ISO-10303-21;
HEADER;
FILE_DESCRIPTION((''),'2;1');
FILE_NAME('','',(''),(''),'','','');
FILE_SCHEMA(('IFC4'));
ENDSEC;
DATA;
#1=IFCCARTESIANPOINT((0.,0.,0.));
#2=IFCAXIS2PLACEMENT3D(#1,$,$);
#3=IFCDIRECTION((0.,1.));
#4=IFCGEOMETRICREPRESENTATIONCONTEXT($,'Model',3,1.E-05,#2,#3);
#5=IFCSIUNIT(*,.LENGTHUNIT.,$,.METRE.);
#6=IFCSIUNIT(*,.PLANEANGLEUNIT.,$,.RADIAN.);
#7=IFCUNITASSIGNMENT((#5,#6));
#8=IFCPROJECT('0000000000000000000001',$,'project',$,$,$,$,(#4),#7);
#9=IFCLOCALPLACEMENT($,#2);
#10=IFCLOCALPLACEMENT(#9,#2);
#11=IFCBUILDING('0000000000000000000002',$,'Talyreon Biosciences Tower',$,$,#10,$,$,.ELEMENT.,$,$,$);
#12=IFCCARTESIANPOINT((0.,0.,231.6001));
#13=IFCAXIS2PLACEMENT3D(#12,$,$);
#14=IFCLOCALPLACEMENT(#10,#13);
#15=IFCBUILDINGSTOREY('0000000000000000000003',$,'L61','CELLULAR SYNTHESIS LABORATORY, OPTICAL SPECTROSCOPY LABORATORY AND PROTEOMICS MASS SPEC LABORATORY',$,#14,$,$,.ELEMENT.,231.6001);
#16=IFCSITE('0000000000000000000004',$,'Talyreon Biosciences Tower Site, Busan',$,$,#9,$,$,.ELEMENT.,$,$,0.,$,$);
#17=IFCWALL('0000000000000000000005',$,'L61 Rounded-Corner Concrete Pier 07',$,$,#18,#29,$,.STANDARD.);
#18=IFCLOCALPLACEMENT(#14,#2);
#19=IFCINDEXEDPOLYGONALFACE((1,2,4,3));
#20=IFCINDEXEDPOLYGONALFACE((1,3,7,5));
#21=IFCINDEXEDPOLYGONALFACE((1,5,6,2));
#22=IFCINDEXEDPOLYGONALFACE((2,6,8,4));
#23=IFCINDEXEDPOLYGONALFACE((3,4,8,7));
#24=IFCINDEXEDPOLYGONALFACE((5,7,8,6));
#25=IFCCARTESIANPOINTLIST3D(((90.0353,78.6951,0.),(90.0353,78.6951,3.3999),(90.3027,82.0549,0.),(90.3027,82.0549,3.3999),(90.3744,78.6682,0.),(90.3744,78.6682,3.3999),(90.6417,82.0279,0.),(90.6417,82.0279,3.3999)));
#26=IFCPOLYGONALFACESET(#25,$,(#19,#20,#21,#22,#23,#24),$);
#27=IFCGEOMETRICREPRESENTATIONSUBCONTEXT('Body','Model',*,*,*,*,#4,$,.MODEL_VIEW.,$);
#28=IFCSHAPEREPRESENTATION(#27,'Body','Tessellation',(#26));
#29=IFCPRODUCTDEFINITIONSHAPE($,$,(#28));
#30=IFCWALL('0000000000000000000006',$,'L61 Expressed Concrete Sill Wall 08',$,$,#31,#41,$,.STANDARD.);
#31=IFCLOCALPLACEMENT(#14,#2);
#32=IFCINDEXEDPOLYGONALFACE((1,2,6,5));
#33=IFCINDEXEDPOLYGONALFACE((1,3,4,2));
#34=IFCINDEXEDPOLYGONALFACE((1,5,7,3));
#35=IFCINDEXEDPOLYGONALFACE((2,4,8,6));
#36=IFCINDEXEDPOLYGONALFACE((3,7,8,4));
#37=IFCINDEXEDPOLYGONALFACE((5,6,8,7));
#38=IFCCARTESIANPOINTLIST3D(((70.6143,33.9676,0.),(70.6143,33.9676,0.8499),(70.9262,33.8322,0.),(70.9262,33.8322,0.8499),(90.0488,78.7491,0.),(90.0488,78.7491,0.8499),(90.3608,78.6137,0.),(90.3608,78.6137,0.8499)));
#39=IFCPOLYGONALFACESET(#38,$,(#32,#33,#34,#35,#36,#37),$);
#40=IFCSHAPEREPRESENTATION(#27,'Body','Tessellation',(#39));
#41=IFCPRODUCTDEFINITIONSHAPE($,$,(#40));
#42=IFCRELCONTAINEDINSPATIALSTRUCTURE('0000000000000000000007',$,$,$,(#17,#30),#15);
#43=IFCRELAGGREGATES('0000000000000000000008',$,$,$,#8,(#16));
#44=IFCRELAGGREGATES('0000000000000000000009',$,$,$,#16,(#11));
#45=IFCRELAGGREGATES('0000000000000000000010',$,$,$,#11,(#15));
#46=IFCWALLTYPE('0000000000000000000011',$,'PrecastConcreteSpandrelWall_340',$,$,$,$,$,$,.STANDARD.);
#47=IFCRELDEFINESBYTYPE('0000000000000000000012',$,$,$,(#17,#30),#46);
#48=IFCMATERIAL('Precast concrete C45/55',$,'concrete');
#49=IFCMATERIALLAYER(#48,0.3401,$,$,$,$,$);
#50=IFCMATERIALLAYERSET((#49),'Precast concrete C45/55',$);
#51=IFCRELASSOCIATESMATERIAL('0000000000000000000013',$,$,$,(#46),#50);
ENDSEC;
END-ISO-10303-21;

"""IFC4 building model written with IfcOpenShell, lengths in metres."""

from ifc_helpers import new_model, si_unit, direction, frame, frame_2d, origin, place, context, subcontext, project, spatial, rectangle, extrude, material, layer, layer_set, type_object, element, save


model = new_model("IFC4")

# Units and contexts
model_context = context("Model", 3, precision=1e-05, world=origin(), true_north=direction((0.0, 1.0)))
body_context = subcontext(model_context, "Body", "Model", "MODEL_VIEW")
ifc_project = project(units=[si_unit("LENGTHUNIT", "METRE"), si_unit("PLANEANGLEUNIT", "RADIAN")], contexts=[model_context])

# Site, building, storey
site_placement = place(None, origin())
site = spatial("IfcSite", under=ifc_project, at=site_placement, Name="Talyreon Biosciences Tower Site, Busan", CompositionType="ELEMENT", RefElevation=0.0)
building_placement = place(site_placement, origin())
building = spatial("IfcBuilding", under=site, at=building_placement, Name="Talyreon Biosciences Tower", CompositionType="ELEMENT")
storey_placement = place(building_placement, frame((0.0, 0.0, 231.6001)))
storey = spatial("IfcBuildingStorey", under=building, at=storey_placement, Name="L61", Description="CELLULAR SYNTHESIS LABORATORY, OPTICAL SPECTROSCOPY LABORATORY AND PROTEOMICS MASS SPEC LABORATORY", CompositionType="ELEMENT", Elevation=231.6001)

# Shared definitions
ifc_material_1 = material(Name="Precast concrete C45/55", Category="concrete")

# Walls
ifc_layer_1 = layer(ifc_material_1, 0.3401)
ifc_layer_set_1 = layer_set([ifc_layer_1], Name="Precast concrete C45/55")
wall_type_1 = type_object("IfcWallType", Name="PrecastConcreteSpandrelWall_340", PredefinedType="STANDARD", material=ifc_layer_set_1)
for number, where, z_axis, x_axis, name in (
    (1, (90.4722, 82.0413, 0.0), (0.0, 0.0, 1.0), (-0.079316, -0.99685, 0.0), "L61 Rounded-Corner Concrete Pier 07"),
):
    element("IfcWall", number, at=place(storey_placement, frame(where, z_axis=z_axis, x_axis=x_axis)), inside=storey, type_object=wall_type_1, Name=name, PredefinedType="STANDARD", context=body_context, shape_type="SweptSolid", body=[
        extrude(rectangle(XDim=3.3704, YDim=0.3401, at=frame_2d((1.6851, 0.0))), origin(), (0.0, 0.0, 1.0), 3.3999),
    ])
wall_1_placement = place(storey_placement, frame((90.2048, 78.6814, 0.0), z_axis=(0.0, 0.0, 1.0), x_axis=(-0.398112, -0.917337, 0.0)))
element("IfcWall", 2, at=wall_1_placement, inside=storey, type_object=wall_type_1, Name="L61 Expressed Concrete Sill Wall 08", PredefinedType="STANDARD", context=body_context, shape_type="SweptSolid", body=[
    extrude(rectangle(XDim=48.8169, YDim=0.3401, at=frame_2d((24.4084, 0.0))), origin(), (0.0, 0.0, 1.0), 0.8499),
])

save(model, "model.ifc")
